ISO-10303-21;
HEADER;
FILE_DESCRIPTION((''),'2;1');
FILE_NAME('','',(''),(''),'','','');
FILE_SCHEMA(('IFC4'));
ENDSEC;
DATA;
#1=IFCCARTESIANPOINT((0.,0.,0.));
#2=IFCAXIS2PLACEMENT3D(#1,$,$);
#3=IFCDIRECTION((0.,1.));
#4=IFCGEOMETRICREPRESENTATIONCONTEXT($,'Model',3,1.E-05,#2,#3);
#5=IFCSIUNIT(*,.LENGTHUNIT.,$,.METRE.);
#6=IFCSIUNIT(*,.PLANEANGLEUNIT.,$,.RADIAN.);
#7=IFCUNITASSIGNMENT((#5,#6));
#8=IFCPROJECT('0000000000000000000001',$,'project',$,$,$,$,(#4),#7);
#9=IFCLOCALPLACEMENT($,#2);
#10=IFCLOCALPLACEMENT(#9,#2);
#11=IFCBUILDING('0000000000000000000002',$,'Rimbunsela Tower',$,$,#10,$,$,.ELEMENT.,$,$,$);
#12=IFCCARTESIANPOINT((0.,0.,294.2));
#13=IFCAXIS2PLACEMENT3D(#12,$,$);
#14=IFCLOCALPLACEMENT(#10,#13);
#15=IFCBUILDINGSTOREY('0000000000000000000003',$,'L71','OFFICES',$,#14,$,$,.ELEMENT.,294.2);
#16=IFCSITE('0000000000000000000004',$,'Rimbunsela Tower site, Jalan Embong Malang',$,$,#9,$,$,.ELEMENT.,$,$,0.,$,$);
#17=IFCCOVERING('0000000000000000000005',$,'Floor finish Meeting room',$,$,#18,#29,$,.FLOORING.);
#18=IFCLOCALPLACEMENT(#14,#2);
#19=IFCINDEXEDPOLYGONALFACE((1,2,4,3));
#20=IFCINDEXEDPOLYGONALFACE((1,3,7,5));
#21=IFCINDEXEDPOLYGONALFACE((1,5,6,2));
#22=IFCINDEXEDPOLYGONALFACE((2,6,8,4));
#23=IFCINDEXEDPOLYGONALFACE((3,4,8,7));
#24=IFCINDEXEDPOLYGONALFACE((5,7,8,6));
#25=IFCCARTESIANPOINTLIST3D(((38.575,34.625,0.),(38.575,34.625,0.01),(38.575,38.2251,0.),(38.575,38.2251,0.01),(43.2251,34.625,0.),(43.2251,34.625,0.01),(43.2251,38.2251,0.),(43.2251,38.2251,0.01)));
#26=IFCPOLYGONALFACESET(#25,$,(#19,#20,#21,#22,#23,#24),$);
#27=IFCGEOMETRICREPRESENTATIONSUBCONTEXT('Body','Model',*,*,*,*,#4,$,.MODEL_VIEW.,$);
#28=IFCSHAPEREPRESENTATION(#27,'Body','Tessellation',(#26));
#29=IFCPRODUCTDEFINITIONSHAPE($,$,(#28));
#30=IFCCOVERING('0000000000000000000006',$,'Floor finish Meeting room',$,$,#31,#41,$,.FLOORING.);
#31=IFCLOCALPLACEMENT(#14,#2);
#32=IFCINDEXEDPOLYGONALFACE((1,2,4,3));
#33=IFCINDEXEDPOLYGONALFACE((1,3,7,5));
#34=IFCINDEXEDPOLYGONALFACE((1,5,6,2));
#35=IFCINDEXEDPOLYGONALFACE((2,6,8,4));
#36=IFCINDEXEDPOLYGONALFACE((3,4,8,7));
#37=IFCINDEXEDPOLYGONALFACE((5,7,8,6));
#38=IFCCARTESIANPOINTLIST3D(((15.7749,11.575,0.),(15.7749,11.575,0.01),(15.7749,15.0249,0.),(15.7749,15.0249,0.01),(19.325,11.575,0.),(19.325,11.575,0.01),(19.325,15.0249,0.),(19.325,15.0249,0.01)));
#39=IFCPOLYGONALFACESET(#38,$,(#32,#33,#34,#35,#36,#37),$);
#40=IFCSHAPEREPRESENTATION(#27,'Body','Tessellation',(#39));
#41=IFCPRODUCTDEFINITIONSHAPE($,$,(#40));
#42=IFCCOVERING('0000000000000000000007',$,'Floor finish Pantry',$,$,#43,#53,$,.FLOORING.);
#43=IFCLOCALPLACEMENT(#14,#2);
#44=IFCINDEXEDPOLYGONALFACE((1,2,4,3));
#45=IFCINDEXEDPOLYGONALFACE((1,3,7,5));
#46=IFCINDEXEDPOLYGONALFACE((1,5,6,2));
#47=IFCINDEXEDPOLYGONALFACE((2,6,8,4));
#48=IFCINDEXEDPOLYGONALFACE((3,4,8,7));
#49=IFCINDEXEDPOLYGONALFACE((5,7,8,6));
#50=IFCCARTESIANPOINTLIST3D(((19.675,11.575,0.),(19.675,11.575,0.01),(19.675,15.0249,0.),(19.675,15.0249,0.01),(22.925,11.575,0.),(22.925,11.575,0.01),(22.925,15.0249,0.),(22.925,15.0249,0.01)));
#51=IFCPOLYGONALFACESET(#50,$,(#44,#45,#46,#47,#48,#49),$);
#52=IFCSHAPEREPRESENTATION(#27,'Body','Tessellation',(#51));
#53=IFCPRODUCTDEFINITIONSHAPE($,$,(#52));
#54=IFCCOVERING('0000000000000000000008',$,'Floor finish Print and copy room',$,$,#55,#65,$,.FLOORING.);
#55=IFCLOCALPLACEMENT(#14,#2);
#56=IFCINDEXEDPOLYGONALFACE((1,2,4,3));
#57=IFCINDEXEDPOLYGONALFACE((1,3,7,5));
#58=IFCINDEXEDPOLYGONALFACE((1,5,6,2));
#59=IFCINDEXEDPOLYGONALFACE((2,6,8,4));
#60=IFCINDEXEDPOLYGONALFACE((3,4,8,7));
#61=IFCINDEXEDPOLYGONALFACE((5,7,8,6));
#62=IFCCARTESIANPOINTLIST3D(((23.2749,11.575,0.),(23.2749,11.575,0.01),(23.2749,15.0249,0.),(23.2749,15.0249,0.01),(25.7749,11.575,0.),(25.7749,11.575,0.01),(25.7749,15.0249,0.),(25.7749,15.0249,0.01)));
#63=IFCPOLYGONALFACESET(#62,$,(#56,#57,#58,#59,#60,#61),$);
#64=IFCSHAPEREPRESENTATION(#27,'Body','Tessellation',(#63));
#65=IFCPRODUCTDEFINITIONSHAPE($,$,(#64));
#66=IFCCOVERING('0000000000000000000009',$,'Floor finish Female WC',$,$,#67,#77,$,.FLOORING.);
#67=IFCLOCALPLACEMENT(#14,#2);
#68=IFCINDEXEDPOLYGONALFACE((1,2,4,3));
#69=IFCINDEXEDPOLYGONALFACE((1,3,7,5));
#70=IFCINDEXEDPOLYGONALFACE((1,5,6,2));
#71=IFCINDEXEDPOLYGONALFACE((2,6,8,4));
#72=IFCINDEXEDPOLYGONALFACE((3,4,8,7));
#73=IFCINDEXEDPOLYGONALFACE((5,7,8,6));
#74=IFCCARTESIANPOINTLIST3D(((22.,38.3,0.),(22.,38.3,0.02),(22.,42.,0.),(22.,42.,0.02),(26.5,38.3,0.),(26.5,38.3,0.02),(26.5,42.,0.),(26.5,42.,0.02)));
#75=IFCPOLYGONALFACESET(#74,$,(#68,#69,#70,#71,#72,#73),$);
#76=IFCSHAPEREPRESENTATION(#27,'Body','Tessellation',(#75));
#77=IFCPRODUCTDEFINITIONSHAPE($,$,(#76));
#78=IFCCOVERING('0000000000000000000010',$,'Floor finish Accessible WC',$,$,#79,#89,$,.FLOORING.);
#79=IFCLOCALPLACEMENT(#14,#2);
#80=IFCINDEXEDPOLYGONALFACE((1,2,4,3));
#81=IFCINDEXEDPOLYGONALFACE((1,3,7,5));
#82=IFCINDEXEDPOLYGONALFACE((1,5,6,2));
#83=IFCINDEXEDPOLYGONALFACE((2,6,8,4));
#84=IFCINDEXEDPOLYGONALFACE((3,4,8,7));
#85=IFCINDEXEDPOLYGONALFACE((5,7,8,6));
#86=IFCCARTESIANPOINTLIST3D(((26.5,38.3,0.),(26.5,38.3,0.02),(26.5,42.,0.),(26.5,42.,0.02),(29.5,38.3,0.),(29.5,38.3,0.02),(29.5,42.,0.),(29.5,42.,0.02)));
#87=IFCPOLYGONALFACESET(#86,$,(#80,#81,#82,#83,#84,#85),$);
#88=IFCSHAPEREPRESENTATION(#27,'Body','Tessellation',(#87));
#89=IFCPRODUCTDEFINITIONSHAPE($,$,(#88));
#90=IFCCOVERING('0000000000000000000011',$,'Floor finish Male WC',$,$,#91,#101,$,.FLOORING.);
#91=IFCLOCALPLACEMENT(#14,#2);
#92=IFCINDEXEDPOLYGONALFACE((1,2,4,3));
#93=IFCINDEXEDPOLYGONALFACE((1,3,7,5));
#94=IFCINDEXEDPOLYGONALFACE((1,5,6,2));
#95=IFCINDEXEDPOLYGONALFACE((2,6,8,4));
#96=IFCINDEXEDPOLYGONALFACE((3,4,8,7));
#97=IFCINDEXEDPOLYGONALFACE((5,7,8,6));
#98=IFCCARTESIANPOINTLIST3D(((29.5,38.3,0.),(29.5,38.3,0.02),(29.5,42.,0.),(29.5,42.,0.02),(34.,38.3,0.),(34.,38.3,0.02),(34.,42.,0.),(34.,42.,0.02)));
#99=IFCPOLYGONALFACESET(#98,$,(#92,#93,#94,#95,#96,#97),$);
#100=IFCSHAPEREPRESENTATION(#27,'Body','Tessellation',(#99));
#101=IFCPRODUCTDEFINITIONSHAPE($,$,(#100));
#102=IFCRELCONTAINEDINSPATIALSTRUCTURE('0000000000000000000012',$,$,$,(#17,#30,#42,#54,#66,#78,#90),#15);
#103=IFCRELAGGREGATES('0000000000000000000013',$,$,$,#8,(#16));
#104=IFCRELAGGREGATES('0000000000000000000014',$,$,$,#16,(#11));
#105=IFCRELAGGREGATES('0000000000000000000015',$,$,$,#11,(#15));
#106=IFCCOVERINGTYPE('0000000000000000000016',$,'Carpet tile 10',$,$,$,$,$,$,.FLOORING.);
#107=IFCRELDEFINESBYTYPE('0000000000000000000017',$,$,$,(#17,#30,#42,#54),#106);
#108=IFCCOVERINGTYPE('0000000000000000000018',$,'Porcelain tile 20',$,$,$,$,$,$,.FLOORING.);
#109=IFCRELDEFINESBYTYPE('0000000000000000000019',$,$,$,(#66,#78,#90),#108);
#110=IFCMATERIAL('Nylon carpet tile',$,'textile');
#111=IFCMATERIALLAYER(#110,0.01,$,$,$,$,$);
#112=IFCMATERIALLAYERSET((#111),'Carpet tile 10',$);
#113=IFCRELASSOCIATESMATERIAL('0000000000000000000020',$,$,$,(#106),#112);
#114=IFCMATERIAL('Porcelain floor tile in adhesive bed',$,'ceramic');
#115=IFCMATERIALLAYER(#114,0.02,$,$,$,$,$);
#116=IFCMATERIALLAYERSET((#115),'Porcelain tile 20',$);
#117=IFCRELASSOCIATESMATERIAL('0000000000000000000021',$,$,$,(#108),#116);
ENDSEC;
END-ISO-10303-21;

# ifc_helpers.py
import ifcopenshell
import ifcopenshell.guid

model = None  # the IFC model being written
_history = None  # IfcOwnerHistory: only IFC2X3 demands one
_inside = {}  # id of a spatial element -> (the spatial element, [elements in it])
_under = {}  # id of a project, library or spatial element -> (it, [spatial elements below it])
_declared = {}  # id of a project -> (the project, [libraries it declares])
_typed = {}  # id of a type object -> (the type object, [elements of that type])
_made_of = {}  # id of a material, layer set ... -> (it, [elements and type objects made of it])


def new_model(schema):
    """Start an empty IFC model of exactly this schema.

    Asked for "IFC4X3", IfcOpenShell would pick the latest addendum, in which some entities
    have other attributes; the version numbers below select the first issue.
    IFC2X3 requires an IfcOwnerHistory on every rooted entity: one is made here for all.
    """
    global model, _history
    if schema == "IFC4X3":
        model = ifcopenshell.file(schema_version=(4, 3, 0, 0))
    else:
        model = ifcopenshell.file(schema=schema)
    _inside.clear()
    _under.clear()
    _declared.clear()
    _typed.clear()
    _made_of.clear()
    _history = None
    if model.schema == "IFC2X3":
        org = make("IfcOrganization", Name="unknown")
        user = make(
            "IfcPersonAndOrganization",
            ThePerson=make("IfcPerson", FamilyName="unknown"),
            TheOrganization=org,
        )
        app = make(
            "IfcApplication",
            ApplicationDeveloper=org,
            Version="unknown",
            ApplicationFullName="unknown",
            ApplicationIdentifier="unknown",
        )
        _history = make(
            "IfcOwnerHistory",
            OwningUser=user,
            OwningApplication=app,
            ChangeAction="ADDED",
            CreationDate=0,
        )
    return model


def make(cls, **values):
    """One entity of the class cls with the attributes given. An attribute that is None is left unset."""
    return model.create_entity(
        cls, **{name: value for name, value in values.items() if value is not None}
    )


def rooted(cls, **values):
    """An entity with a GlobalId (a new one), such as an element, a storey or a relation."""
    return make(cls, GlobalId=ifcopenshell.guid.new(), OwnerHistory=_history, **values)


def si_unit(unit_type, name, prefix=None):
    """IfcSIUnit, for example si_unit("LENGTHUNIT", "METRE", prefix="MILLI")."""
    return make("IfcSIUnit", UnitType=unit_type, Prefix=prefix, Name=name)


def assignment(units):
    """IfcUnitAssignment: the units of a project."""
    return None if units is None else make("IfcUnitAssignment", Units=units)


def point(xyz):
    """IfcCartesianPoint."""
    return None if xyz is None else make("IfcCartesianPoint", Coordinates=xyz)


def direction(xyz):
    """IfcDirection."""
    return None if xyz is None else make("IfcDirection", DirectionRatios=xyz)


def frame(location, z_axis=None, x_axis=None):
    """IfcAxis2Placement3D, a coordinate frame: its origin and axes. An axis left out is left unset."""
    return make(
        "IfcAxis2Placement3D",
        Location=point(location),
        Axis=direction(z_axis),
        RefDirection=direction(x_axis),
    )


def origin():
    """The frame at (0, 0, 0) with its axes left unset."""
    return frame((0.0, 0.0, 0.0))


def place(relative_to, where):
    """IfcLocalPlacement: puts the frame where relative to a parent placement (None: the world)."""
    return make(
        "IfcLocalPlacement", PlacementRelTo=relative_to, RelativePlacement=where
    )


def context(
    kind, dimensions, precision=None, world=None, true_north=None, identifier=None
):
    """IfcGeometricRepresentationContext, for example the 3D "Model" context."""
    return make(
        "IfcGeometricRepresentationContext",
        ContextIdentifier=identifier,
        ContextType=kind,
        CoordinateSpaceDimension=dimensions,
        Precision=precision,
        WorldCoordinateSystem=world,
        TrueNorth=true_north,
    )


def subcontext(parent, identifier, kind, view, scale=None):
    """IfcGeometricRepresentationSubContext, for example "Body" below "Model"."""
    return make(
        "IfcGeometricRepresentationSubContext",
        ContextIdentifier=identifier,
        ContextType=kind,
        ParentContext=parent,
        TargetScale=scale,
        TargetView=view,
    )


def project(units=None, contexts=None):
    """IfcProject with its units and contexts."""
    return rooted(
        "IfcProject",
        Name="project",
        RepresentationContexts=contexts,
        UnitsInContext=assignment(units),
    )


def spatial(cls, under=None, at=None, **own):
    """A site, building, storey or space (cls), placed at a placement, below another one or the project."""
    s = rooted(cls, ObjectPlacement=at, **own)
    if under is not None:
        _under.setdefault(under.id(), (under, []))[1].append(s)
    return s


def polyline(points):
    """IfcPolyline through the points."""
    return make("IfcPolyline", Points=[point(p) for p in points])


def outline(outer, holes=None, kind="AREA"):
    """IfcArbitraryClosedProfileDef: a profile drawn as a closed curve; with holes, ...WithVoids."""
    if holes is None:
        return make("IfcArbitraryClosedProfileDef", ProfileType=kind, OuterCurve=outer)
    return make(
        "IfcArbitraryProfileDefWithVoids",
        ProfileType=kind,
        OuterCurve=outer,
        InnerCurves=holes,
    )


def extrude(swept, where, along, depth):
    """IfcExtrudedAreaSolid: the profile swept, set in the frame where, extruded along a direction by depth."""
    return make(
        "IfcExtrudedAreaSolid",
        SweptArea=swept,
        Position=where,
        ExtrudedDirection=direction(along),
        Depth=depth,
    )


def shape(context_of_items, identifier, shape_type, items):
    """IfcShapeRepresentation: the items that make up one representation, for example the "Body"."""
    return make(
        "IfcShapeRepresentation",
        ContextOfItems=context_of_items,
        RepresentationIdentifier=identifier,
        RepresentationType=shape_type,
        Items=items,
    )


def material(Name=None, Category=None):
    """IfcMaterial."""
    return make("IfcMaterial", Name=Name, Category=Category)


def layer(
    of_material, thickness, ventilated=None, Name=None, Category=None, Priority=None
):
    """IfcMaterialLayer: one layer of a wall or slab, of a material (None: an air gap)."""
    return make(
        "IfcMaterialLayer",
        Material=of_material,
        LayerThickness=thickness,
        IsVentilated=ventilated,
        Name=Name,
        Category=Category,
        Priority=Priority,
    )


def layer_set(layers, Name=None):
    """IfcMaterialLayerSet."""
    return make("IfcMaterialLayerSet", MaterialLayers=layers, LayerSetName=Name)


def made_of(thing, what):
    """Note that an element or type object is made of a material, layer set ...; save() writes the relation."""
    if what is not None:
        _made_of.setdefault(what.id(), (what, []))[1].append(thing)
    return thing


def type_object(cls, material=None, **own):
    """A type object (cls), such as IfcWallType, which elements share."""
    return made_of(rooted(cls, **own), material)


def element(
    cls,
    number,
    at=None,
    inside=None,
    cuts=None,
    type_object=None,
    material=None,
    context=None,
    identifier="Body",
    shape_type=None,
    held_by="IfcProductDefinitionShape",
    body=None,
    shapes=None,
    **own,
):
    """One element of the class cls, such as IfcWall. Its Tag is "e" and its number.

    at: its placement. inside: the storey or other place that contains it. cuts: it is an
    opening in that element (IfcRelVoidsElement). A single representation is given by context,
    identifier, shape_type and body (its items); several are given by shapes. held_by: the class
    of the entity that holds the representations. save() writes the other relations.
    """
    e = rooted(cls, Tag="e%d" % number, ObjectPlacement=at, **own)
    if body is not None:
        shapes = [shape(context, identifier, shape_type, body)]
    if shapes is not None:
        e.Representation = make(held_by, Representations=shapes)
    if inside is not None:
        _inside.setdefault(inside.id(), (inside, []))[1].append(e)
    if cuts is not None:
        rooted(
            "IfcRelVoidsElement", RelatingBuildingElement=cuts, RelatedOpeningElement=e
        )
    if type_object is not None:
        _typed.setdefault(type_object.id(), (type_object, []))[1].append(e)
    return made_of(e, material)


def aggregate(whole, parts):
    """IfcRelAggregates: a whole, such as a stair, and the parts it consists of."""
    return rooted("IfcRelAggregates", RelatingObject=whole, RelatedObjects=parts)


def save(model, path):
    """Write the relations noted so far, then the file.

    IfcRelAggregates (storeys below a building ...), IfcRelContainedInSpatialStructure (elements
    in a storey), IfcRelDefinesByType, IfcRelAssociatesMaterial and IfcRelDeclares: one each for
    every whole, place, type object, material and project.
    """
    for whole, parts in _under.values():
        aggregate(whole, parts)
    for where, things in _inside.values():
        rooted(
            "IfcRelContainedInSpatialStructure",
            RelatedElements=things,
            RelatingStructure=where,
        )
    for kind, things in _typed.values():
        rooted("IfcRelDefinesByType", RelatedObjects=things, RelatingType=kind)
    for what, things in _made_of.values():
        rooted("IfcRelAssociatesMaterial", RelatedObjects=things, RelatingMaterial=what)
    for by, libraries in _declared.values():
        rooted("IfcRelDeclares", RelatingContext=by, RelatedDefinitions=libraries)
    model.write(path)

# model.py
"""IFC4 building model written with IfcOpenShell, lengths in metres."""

from ifc_helpers import new_model, si_unit, direction, frame, origin, place, context, subcontext, project, spatial, polyline, outline, extrude, material, layer, layer_set, type_object, element, save


model = new_model("IFC4")

# Units and contexts
model_context = context("Model", 3, precision=1e-05, world=origin(), true_north=direction((0.0, 1.0)))
body_context = subcontext(model_context, "Body", "Model", "MODEL_VIEW")
ifc_project = project(units=[si_unit("LENGTHUNIT", "METRE"), si_unit("PLANEANGLEUNIT", "RADIAN")], contexts=[model_context])

# Site, building, storey
site_placement = place(None, origin())
site = spatial("IfcSite", under=ifc_project, at=site_placement, Name="Rimbunsela Tower site, Jalan Embong Malang", CompositionType="ELEMENT", RefElevation=0.0)
building_placement = place(site_placement, origin())
building = spatial("IfcBuilding", under=site, at=building_placement, Name="Rimbunsela Tower", CompositionType="ELEMENT")
storey_placement = place(building_placement, frame((0.0, 0.0, 294.2)))
storey = spatial("IfcBuildingStorey", under=building, at=storey_placement, Name="L71", Description="OFFICES", CompositionType="ELEMENT", Elevation=294.2)

# Coverings
ifc_material_1 = material(Name="Nylon carpet tile", Category="textile")
ifc_layer_1 = layer(ifc_material_1, 0.01)
ifc_layer_set_1 = layer_set([ifc_layer_1], Name="Carpet tile 10")
covering_type_1 = type_object("IfcCoveringType", Name="Carpet tile 10", PredefinedType="FLOORING", material=ifc_layer_set_1)
covering_1_placement = place(storey_placement, origin())
element("IfcCovering", 1, at=covering_1_placement, inside=storey, type_object=covering_type_1, Name="Floor finish Meeting room", PredefinedType="FLOORING", context=body_context, shape_type="SweptSolid", body=[
    extrude(outline(polyline([(43.2251, 34.625), (43.2251, 38.2251), (38.575, 38.2251), (38.575, 34.625), (43.2251, 34.625)])), origin(), (0.0, 0.0, 1.0), 0.01),
])
covering_2_placement = place(storey_placement, origin())
element("IfcCovering", 2, at=covering_2_placement, inside=storey, type_object=covering_type_1, Name="Floor finish Meeting room", PredefinedType="FLOORING", context=body_context, shape_type="SweptSolid", body=[
    extrude(outline(polyline([(19.325, 11.575), (19.325, 15.0249), (15.7749, 15.0249), (15.7749, 11.575), (19.325, 11.575)])), origin(), (0.0, 0.0, 1.0), 0.01),
])
covering_3_placement = place(storey_placement, origin())
element("IfcCovering", 3, at=covering_3_placement, inside=storey, type_object=covering_type_1, Name="Floor finish Pantry", PredefinedType="FLOORING", context=body_context, shape_type="SweptSolid", body=[
    extrude(outline(polyline([(22.925, 11.575), (22.925, 15.0249), (19.675, 15.0249), (19.675, 11.575), (22.925, 11.575)])), origin(), (0.0, 0.0, 1.0), 0.01),
])
covering_4_placement = place(storey_placement, origin())
element("IfcCovering", 4, at=covering_4_placement, inside=storey, type_object=covering_type_1, Name="Floor finish Print and copy room", PredefinedType="FLOORING", context=body_context, shape_type="SweptSolid", body=[
    extrude(outline(polyline([(25.7749, 11.575), (25.7749, 15.0249), (23.2749, 15.0249), (23.2749, 11.575), (25.7749, 11.575)])), origin(), (0.0, 0.0, 1.0), 0.01),
])
ifc_material_2 = material(Name="Porcelain floor tile in adhesive bed", Category="ceramic")
ifc_layer_2 = layer(ifc_material_2, 0.02)
ifc_layer_set_2 = layer_set([ifc_layer_2], Name="Porcelain tile 20")
covering_type_2 = type_object("IfcCoveringType", Name="Porcelain tile 20", PredefinedType="FLOORING", material=ifc_layer_set_2)
covering_5_placement = place(storey_placement, origin())
element("IfcCovering", 5, at=covering_5_placement, inside=storey, type_object=covering_type_2, Name="Floor finish Female WC", PredefinedType="FLOORING", context=body_context, shape_type="SweptSolid", body=[
    extrude(outline(polyline([(26.5, 38.3), (26.5, 42.0), (22.0, 42.0), (22.0, 38.3), (26.5, 38.3)])), origin(), (0.0, 0.0, 1.0), 0.02),
])
covering_6_placement = place(storey_placement, origin())
element("IfcCovering", 6, at=covering_6_placement, inside=storey, type_object=covering_type_2, Name="Floor finish Accessible WC", PredefinedType="FLOORING", context=body_context, shape_type="SweptSolid", body=[
    extrude(outline(polyline([(29.5, 38.3), (29.5, 42.0), (26.5, 42.0), (26.5, 38.3), (29.5, 38.3)])), origin(), (0.0, 0.0, 1.0), 0.02),
])
covering_7_placement = place(storey_placement, origin())
element("IfcCovering", 7, at=covering_7_placement, inside=storey, type_object=covering_type_2, Name="Floor finish Male WC", PredefinedType="FLOORING", context=body_context, shape_type="SweptSolid", body=[
    extrude(outline(polyline([(34.0, 38.3), (34.0, 42.0), (29.5, 42.0), (29.5, 38.3), (34.0, 38.3)])), origin(), (0.0, 0.0, 1.0), 0.02),
])

save(model, "model.ifc")
